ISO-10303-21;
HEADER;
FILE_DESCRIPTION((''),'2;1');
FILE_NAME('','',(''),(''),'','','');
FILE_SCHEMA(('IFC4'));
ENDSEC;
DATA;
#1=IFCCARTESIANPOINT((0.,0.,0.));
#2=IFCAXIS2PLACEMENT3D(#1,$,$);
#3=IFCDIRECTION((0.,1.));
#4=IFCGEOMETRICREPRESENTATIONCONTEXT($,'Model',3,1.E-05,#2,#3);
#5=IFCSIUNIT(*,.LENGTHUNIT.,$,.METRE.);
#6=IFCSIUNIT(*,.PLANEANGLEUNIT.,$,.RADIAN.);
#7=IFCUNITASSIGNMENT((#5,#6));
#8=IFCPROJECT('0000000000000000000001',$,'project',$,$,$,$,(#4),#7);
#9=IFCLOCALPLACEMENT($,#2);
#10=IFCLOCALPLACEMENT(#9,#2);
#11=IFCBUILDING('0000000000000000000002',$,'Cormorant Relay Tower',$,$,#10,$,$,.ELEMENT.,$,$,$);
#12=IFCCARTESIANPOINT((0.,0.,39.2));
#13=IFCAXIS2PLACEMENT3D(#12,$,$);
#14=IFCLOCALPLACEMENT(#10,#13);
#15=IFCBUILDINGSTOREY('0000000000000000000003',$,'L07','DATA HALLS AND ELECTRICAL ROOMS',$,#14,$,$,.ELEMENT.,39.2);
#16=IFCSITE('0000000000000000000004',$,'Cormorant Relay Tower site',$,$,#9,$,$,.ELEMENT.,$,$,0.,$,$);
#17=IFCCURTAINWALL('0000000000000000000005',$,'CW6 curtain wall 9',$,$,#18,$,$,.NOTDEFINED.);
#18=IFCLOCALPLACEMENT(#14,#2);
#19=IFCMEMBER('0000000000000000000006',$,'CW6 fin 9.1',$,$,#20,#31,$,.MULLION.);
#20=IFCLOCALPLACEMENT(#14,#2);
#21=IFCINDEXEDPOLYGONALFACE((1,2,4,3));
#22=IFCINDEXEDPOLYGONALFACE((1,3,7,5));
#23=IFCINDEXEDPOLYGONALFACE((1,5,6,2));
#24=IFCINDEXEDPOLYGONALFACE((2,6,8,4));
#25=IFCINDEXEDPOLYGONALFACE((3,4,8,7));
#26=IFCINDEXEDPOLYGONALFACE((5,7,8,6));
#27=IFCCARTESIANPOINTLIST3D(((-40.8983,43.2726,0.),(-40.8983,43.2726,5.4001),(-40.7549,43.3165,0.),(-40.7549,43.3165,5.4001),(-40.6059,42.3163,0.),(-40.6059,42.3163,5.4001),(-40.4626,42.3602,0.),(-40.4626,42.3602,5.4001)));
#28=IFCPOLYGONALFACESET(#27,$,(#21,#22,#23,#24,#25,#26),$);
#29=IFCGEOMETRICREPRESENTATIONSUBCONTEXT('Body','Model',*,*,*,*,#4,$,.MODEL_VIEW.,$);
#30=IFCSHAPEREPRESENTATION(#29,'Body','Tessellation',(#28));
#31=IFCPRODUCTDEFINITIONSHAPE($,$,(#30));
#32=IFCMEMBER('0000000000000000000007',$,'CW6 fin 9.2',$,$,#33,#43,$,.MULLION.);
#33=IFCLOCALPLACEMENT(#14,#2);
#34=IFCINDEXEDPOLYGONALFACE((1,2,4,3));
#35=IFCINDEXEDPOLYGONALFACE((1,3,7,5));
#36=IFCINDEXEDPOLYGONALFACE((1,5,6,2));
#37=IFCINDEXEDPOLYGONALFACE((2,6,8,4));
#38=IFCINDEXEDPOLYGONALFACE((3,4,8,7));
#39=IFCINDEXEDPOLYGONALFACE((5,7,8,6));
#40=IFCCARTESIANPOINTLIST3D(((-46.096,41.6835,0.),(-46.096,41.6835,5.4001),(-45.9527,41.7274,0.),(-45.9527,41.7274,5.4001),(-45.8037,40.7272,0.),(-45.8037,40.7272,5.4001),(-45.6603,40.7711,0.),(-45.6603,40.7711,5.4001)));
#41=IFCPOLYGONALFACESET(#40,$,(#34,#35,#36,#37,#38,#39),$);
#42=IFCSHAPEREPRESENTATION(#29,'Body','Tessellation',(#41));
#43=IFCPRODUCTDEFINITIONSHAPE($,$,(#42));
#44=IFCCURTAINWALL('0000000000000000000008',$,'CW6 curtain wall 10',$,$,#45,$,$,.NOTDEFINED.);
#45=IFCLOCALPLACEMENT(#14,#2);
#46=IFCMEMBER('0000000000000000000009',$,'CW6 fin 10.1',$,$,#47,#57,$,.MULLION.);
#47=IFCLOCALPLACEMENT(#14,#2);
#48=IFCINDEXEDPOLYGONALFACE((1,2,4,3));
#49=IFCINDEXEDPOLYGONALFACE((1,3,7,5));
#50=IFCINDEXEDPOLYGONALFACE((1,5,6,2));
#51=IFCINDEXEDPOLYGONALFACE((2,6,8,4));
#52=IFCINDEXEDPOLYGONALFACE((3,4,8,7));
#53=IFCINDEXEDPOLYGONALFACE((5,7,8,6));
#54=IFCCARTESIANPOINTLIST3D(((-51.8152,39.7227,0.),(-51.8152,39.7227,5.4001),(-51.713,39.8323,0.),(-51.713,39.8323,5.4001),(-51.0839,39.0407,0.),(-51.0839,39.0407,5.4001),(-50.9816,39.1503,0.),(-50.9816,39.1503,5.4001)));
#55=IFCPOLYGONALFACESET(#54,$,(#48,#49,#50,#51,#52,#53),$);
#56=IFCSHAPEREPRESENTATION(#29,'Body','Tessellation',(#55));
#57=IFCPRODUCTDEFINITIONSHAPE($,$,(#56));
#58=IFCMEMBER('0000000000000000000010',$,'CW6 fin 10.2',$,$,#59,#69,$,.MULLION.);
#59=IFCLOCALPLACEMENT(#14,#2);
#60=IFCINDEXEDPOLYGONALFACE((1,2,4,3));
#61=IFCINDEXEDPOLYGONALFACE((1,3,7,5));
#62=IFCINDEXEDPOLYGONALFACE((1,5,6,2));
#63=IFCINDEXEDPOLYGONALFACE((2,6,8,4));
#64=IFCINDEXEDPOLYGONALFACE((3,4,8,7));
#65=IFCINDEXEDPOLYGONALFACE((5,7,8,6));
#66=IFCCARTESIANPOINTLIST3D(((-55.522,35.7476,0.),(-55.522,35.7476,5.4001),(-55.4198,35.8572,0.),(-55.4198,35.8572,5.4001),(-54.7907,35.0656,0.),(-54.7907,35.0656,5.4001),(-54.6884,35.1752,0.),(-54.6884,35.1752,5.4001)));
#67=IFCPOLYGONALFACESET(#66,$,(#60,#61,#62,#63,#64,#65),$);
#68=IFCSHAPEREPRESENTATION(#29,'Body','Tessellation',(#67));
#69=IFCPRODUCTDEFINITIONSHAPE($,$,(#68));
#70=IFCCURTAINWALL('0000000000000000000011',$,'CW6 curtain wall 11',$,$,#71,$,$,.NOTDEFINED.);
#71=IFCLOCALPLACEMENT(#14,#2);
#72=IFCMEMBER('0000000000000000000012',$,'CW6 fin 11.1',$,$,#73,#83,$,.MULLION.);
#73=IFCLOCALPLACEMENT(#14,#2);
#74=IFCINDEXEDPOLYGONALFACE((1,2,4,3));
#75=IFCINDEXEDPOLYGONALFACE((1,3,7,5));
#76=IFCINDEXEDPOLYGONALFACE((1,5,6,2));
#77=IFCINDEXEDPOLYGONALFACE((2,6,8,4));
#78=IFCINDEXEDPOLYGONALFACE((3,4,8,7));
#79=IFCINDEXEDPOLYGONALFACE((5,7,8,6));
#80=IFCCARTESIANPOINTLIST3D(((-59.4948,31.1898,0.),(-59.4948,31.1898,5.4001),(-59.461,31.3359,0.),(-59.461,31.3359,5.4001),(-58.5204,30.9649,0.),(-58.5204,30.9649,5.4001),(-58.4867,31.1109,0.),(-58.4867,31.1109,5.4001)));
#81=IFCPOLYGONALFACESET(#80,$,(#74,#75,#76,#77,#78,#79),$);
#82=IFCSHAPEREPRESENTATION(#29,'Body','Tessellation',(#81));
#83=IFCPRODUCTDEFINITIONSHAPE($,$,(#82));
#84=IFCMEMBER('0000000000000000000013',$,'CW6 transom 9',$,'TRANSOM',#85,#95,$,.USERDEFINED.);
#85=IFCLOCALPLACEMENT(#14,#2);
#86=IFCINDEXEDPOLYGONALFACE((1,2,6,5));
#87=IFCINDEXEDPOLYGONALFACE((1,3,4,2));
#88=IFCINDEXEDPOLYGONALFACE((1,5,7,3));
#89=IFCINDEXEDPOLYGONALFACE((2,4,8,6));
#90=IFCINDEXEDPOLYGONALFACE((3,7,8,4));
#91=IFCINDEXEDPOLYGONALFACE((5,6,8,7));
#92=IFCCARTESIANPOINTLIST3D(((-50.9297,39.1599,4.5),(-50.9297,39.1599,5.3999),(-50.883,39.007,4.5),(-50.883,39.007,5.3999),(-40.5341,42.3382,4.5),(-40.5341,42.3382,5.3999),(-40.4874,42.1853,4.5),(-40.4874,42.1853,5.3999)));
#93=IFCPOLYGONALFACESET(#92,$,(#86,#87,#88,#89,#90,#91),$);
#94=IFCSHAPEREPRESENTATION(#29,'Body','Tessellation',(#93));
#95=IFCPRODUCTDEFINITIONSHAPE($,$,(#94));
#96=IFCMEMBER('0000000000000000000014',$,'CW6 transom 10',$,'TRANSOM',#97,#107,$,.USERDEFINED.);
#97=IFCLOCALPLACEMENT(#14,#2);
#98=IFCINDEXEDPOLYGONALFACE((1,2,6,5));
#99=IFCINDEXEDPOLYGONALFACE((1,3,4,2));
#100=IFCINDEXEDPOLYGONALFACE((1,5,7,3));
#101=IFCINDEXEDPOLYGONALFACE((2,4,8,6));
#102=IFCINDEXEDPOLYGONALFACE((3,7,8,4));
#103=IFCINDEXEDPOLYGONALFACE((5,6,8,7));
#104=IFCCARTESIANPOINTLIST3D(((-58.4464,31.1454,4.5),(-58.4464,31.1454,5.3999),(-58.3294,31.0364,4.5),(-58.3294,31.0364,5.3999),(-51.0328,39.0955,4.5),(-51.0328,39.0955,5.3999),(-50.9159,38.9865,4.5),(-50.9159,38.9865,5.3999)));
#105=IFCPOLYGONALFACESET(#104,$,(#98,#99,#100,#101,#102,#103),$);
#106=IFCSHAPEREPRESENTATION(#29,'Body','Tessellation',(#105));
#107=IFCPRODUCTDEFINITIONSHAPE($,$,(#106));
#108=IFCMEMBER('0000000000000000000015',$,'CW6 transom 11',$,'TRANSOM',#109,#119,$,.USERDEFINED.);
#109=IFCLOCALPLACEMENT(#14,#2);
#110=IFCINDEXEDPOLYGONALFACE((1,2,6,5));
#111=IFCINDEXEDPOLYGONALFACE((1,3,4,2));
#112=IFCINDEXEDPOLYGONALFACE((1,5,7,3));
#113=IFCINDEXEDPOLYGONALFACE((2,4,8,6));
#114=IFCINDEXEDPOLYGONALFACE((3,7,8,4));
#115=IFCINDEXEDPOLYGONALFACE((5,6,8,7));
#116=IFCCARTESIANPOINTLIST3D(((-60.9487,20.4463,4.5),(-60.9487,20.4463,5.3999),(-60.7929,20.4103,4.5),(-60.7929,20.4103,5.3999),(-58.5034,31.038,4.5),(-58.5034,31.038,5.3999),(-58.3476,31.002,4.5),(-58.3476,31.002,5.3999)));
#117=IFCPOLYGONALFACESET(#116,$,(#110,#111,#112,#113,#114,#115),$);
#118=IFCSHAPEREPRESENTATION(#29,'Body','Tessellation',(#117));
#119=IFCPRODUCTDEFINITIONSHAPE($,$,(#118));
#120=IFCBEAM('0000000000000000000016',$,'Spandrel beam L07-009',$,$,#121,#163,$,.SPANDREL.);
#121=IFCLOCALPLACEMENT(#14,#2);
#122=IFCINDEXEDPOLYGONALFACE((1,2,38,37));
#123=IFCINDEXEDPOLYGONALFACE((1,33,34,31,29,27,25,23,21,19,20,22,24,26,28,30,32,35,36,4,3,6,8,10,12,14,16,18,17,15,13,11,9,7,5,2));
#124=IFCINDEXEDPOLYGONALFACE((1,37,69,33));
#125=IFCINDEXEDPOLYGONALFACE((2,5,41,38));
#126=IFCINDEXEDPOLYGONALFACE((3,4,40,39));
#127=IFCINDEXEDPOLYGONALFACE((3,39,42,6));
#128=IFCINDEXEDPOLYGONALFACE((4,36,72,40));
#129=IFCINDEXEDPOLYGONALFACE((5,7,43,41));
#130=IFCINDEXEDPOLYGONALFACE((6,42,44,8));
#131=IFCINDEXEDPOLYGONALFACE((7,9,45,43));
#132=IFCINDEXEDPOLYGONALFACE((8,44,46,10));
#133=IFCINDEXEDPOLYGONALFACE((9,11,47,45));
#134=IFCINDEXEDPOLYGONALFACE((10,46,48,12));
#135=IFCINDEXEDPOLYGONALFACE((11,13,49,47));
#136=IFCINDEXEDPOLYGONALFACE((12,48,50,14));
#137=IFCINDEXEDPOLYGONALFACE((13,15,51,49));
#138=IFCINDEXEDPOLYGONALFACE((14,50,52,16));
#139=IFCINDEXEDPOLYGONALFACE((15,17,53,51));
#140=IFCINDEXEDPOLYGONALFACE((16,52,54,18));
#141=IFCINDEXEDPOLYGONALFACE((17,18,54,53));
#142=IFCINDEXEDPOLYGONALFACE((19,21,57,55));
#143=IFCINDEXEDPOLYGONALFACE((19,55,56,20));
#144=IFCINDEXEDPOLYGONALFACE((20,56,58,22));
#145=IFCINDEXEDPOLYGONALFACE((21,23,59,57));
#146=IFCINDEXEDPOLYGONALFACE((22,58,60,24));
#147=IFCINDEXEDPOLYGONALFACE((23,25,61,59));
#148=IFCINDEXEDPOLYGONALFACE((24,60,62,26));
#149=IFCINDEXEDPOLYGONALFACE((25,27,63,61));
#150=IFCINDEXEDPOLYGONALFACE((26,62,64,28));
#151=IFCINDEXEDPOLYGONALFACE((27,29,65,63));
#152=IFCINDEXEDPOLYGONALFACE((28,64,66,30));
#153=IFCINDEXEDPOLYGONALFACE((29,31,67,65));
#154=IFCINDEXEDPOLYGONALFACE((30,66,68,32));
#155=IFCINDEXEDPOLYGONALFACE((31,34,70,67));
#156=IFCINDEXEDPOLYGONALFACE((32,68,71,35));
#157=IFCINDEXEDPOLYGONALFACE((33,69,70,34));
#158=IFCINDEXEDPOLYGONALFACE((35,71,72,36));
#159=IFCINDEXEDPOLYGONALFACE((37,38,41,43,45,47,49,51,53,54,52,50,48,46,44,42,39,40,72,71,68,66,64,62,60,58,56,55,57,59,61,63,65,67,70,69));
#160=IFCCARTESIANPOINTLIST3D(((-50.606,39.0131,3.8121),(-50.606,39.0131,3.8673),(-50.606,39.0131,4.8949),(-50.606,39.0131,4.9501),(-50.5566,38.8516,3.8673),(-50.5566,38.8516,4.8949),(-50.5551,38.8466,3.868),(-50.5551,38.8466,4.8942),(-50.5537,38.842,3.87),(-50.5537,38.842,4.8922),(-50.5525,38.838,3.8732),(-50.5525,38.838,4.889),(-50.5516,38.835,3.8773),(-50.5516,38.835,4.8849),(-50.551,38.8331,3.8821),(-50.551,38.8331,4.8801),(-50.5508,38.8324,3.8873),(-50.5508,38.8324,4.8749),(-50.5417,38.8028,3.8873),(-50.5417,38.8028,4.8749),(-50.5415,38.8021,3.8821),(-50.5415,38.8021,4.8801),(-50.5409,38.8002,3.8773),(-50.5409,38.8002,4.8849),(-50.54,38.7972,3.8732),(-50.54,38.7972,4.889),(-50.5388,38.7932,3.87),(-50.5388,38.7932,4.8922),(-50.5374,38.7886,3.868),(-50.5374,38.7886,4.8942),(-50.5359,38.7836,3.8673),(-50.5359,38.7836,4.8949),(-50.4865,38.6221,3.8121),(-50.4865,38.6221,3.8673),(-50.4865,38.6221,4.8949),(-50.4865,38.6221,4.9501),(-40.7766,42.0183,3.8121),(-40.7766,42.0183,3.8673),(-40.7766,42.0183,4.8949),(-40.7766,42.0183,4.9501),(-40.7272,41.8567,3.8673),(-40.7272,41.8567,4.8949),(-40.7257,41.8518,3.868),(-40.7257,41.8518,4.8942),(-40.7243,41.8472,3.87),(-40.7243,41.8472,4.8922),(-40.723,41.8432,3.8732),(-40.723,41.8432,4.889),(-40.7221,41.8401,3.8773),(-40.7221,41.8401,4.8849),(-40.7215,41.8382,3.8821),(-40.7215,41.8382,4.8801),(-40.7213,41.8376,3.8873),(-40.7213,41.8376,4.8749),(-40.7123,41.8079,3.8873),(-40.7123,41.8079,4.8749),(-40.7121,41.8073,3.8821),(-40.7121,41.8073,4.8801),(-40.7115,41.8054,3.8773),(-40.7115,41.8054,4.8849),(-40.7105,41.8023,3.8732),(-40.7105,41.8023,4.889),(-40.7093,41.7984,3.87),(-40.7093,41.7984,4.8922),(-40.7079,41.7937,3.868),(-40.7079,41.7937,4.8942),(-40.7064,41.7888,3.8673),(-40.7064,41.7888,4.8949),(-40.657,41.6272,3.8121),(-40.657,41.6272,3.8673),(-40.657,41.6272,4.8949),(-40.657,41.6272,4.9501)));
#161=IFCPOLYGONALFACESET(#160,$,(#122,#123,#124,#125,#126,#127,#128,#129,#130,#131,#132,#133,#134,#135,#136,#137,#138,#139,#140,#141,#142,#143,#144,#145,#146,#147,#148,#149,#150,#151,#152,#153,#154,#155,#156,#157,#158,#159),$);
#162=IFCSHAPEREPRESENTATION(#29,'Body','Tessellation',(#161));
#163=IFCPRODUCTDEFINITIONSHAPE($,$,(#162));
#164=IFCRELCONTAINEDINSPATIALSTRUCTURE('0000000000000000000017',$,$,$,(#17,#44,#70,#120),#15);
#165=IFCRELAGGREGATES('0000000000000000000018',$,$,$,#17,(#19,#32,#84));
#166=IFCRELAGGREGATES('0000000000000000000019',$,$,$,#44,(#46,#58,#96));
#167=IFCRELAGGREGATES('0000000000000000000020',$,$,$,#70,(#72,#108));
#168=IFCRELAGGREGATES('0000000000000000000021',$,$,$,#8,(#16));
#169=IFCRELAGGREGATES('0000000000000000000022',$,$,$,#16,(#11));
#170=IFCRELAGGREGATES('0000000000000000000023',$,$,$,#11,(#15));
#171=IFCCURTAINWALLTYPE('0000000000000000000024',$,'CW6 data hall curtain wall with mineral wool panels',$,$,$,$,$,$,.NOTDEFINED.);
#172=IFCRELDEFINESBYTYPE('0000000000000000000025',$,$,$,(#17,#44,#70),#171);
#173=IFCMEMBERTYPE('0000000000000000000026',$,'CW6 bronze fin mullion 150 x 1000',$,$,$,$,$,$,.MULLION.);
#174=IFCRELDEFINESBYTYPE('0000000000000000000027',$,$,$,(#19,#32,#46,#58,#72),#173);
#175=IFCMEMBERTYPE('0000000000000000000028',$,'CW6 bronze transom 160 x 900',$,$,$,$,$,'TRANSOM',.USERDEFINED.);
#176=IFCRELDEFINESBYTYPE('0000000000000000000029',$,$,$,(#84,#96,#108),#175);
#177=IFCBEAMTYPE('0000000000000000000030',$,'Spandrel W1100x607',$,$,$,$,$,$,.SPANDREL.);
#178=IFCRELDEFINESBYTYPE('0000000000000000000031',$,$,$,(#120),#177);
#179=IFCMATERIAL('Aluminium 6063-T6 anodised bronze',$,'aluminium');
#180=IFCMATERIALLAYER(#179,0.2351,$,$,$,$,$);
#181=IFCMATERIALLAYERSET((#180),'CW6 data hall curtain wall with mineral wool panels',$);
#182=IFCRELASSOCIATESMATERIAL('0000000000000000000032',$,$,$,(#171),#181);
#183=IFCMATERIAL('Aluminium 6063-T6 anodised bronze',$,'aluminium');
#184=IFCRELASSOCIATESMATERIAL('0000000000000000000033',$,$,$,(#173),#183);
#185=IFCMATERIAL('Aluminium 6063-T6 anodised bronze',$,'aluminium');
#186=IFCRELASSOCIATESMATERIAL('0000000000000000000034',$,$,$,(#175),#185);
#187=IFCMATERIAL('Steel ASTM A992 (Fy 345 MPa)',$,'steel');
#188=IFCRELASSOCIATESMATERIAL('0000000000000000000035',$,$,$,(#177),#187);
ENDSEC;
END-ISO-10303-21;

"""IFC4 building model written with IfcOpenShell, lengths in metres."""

from ifc_helpers import new_model, si_unit, direction, frame, origin, origin_2d, place, context, subcontext, project, spatial, rectangle, i_section, extrude, material, layer, layer_set, material_profile, profile_set, type_object, element, aggregate, save


model = new_model("IFC4")

# Units and contexts
model_context = context("Model", 3, precision=1e-05, world=origin(), true_north=direction((0.0, 1.0)))
body_context = subcontext(model_context, "Body", "Model", "MODEL_VIEW")
ifc_project = project(units=[si_unit("LENGTHUNIT", "METRE"), si_unit("PLANEANGLEUNIT", "RADIAN")], contexts=[model_context])

# Site, building, storey
site_placement = place(None, origin())
site = spatial("IfcSite", under=ifc_project, at=site_placement, Name="Cormorant Relay Tower site", CompositionType="ELEMENT", RefElevation=0.0)
building_placement = place(site_placement, origin())
building = spatial("IfcBuilding", under=site, at=building_placement, Name="Cormorant Relay Tower", CompositionType="ELEMENT")
storey_placement = place(building_placement, frame((0.0, 0.0, 39.2)))
storey = spatial("IfcBuildingStorey", under=building, at=storey_placement, Name="L07", Description="DATA HALLS AND ELECTRICAL ROOMS", CompositionType="ELEMENT", Elevation=39.2)

# Shared definitions
ifc_material_1 = material(Name="Aluminium 6063-T6 anodised bronze", Category="aluminium")
ifc_layer_1 = layer(ifc_material_1, 0.2351)
ifc_layer_set_1 = layer_set([ifc_layer_1], Name="CW6 data hall curtain wall with mineral wool panels")
curtain_wall_type = type_object("IfcCurtainWallType", Name="CW6 data hall curtain wall with mineral wool panels", PredefinedType="NOTDEFINED", material=ifc_layer_set_1)
ifc_material_2 = material(Name="Aluminium 6063-T6 anodised bronze", Category="aluminium")
ifc_material_profile_1 = material_profile(ifc_material_2, rectangle(XDim=0.1499, YDim=1.0, at=origin_2d()), Name="AL 150x1000")
ifc_profile_set_1 = profile_set([ifc_material_profile_1], Name="Aluminium 6063-T6 anodised bronze")
member_type_1 = type_object("IfcMemberType", Name="CW6 bronze fin mullion 150 x 1000", PredefinedType="MULLION", material=ifc_profile_set_1)

# Curtain walls, members
curtain_wall_1_placement = place(storey_placement, origin())
curtain_wall_1 = element("IfcCurtainWall", 1, at=curtain_wall_1_placement, inside=storey, type_object=curtain_wall_type, Name="CW6 curtain wall 9", PredefinedType="NOTDEFINED")
member_1_placement = place(storey_placement, frame((-40.6804, 42.8164, 0.0), z_axis=(0.0, 0.0, 1.0), x_axis=(-0.956305, -0.292372, 0.0)))
member_1 = element("IfcMember", 2, at=member_1_placement, type_object=member_type_1, Name="CW6 fin 9.1", PredefinedType="MULLION", context=body_context, shape_type="SweptSolid", body=[
    extrude(rectangle(XDim=0.1499, YDim=1.0, at=origin_2d()), origin(), (0.0, 0.0, 1.0), 5.4001),
])
member_2_placement = place(storey_placement, frame((-45.8782, 41.2273, 0.0), z_axis=(0.0, 0.0, 1.0), x_axis=(-0.956305, -0.292372, 0.0)))
member_2 = element("IfcMember", 3, at=member_2_placement, type_object=member_type_1, Name="CW6 fin 9.2", PredefinedType="MULLION", context=body_context, shape_type="SweptSolid", body=[
    extrude(rectangle(XDim=0.1499, YDim=1.0, at=origin_2d()), origin(), (0.0, 0.0, 1.0), 5.4001),
])
curtain_wall_2_placement = place(storey_placement, origin())
curtain_wall_2 = element("IfcCurtainWall", 4, at=curtain_wall_2_placement, inside=storey, type_object=curtain_wall_type, Name="CW6 curtain wall 10", PredefinedType="NOTDEFINED")
member_3_placement = place(storey_placement, frame((-51.3984, 39.4365, 0.0), z_axis=(0.0, 0.0, 1.0), x_axis=(-0.681998, -0.731354, 0.0)))
member_3 = element("IfcMember", 5, at=member_3_placement, type_object=member_type_1, Name="CW6 fin 10.1", PredefinedType="MULLION", context=body_context, shape_type="SweptSolid", body=[
    extrude(rectangle(XDim=0.1499, YDim=1.0, at=origin_2d()), origin(), (0.0, 0.0, 1.0), 5.4001),
])
member_4_placement = place(storey_placement, frame((-55.1052, 35.4614, 0.0), z_axis=(0.0, 0.0, 1.0), x_axis=(-0.681998, -0.731354, 0.0)))
member_4 = element("IfcMember", 6, at=member_4_placement, type_object=member_type_1, Name="CW6 fin 10.2", PredefinedType="MULLION", context=body_context, shape_type="SweptSolid", body=[
    extrude(rectangle(XDim=0.1499, YDim=1.0, at=origin_2d()), origin(), (0.0, 0.0, 1.0), 5.4001),
])

# Curtain wall, member
curtain_wall_3_placement = place(storey_placement, origin())
curtain_wall_3 = element("IfcCurtainWall", 7, at=curtain_wall_3_placement, inside=storey, type_object=curtain_wall_type, Name="CW6 curtain wall 11", PredefinedType="NOTDEFINED")
member_5_placement = place(storey_placement, frame((-58.9907, 31.1504, 0.0), z_axis=(0.0, 0.0, 1.0), x_axis=(-0.224951, -0.97437, 0.0)))
member_5 = element("IfcMember", 8, at=member_5_placement, type_object=member_type_1, Name="CW6 fin 11.1", PredefinedType="MULLION", context=body_context, shape_type="SweptSolid", body=[
    extrude(rectangle(XDim=0.1499, YDim=1.0, at=origin_2d()), origin(), (0.0, 0.0, 1.0), 5.4001),
])

# Members
ifc_material_3 = material(Name="Aluminium 6063-T6 anodised bronze", Category="aluminium")
ifc_material_profile_2 = material_profile(ifc_material_3, rectangle(XDim=0.1599, YDim=0.8999, at=origin_2d()), Name="AL 160x900")
ifc_profile_set_2 = profile_set([ifc_material_profile_2], Name="Aluminium 6063-T6 anodised bronze")
member_type_2 = type_object("IfcMemberType", Name="CW6 bronze transom 160 x 900", ElementType="TRANSOM", PredefinedType="USERDEFINED", material=ifc_profile_set_2)
member_6_placement = place(storey_placement, frame((-40.5107, 42.2617, 4.95), z_axis=(-0.956305, -0.292371, 0.0), x_axis=(0.292371, -0.956305, 0.0)))
member_6 = element("IfcMember", 9, at=member_6_placement, type_object=member_type_2, Name="CW6 transom 9", ObjectType="TRANSOM", PredefinedType="USERDEFINED", context=body_context, shape_type="SweptSolid", body=[
    extrude(rectangle(XDim=0.1599, YDim=0.8999, at=origin_2d()), origin(), (0.0, 0.0, 1.0), 10.8706),
])
member_7_placement = place(storey_placement, frame((-50.9744, 39.041, 4.95), z_axis=(-0.681993, -0.731358, 0.0), x_axis=(0.731358, -0.681993, 0.0)))
member_7 = element("IfcMember", 10, at=member_7_placement, type_object=member_type_2, Name="CW6 transom 10", ObjectType="TRANSOM", PredefinedType="USERDEFINED", context=body_context, shape_type="SweptSolid", body=[
    extrude(rectangle(XDim=0.1599, YDim=0.8999, at=origin_2d()), origin(), (0.0, 0.0, 1.0), 10.8704),
])
member_8_placement = place(storey_placement, frame((-58.4255, 31.02, 4.95), z_axis=(-0.224951, -0.97437, 0.0), x_axis=(0.97437, -0.224951, 0.0)))
member_8 = element("IfcMember", 11, at=member_8_placement, type_object=member_type_2, Name="CW6 transom 11", ObjectType="TRANSOM", PredefinedType="USERDEFINED", context=body_context, shape_type="SweptSolid", body=[
    extrude(rectangle(XDim=0.1599, YDim=0.8999, at=origin_2d()), origin(), (0.0, 0.0, 1.0), 10.8704),
])

# Beam
ifc_material_4 = material(Name="Steel ASTM A992 (Fy 345 MPa)", Category="steel")
ifc_material_profile_3 = material_profile(ifc_material_4, i_section(OverallWidth=0.4089, OverallDepth=1.1379, WebThickness=0.031, FlangeThickness=0.0552, FilletRadius=0.02, at=origin_2d()), Name="W1100x607")
ifc_profile_set_3 = profile_set([ifc_material_profile_3], Name="Steel ASTM A992 (Fy 345 MPa)")
beam_type = type_object("IfcBeamType", Name="Spandrel W1100x607", PredefinedType="SPANDREL", material=ifc_profile_set_3)
beam_1_placement = place(storey_placement, frame((-40.7168, 41.8228, 4.3811), z_axis=(-0.956305, -0.292371, 0.0), x_axis=(0.292371, -0.956305, 0.0)))
element("IfcBeam", 12, at=beam_1_placement, inside=storey, type_object=beam_type, Name="Spandrel beam L07-009", PredefinedType="SPANDREL", context=body_context, shape_type="SweptSolid", body=[
    extrude(i_section(OverallWidth=0.4089, OverallDepth=1.1379, WebThickness=0.031, FlangeThickness=0.0552, FilletRadius=0.02, at=origin_2d()), origin(), (0.0, 0.0, 1.0), 10.2786),
])

aggregate(curtain_wall_1, [member_1, member_2, member_6])
aggregate(curtain_wall_2, [member_3, member_4, member_7])
aggregate(curtain_wall_3, [member_5, member_8])

save(model, "model.ifc")
